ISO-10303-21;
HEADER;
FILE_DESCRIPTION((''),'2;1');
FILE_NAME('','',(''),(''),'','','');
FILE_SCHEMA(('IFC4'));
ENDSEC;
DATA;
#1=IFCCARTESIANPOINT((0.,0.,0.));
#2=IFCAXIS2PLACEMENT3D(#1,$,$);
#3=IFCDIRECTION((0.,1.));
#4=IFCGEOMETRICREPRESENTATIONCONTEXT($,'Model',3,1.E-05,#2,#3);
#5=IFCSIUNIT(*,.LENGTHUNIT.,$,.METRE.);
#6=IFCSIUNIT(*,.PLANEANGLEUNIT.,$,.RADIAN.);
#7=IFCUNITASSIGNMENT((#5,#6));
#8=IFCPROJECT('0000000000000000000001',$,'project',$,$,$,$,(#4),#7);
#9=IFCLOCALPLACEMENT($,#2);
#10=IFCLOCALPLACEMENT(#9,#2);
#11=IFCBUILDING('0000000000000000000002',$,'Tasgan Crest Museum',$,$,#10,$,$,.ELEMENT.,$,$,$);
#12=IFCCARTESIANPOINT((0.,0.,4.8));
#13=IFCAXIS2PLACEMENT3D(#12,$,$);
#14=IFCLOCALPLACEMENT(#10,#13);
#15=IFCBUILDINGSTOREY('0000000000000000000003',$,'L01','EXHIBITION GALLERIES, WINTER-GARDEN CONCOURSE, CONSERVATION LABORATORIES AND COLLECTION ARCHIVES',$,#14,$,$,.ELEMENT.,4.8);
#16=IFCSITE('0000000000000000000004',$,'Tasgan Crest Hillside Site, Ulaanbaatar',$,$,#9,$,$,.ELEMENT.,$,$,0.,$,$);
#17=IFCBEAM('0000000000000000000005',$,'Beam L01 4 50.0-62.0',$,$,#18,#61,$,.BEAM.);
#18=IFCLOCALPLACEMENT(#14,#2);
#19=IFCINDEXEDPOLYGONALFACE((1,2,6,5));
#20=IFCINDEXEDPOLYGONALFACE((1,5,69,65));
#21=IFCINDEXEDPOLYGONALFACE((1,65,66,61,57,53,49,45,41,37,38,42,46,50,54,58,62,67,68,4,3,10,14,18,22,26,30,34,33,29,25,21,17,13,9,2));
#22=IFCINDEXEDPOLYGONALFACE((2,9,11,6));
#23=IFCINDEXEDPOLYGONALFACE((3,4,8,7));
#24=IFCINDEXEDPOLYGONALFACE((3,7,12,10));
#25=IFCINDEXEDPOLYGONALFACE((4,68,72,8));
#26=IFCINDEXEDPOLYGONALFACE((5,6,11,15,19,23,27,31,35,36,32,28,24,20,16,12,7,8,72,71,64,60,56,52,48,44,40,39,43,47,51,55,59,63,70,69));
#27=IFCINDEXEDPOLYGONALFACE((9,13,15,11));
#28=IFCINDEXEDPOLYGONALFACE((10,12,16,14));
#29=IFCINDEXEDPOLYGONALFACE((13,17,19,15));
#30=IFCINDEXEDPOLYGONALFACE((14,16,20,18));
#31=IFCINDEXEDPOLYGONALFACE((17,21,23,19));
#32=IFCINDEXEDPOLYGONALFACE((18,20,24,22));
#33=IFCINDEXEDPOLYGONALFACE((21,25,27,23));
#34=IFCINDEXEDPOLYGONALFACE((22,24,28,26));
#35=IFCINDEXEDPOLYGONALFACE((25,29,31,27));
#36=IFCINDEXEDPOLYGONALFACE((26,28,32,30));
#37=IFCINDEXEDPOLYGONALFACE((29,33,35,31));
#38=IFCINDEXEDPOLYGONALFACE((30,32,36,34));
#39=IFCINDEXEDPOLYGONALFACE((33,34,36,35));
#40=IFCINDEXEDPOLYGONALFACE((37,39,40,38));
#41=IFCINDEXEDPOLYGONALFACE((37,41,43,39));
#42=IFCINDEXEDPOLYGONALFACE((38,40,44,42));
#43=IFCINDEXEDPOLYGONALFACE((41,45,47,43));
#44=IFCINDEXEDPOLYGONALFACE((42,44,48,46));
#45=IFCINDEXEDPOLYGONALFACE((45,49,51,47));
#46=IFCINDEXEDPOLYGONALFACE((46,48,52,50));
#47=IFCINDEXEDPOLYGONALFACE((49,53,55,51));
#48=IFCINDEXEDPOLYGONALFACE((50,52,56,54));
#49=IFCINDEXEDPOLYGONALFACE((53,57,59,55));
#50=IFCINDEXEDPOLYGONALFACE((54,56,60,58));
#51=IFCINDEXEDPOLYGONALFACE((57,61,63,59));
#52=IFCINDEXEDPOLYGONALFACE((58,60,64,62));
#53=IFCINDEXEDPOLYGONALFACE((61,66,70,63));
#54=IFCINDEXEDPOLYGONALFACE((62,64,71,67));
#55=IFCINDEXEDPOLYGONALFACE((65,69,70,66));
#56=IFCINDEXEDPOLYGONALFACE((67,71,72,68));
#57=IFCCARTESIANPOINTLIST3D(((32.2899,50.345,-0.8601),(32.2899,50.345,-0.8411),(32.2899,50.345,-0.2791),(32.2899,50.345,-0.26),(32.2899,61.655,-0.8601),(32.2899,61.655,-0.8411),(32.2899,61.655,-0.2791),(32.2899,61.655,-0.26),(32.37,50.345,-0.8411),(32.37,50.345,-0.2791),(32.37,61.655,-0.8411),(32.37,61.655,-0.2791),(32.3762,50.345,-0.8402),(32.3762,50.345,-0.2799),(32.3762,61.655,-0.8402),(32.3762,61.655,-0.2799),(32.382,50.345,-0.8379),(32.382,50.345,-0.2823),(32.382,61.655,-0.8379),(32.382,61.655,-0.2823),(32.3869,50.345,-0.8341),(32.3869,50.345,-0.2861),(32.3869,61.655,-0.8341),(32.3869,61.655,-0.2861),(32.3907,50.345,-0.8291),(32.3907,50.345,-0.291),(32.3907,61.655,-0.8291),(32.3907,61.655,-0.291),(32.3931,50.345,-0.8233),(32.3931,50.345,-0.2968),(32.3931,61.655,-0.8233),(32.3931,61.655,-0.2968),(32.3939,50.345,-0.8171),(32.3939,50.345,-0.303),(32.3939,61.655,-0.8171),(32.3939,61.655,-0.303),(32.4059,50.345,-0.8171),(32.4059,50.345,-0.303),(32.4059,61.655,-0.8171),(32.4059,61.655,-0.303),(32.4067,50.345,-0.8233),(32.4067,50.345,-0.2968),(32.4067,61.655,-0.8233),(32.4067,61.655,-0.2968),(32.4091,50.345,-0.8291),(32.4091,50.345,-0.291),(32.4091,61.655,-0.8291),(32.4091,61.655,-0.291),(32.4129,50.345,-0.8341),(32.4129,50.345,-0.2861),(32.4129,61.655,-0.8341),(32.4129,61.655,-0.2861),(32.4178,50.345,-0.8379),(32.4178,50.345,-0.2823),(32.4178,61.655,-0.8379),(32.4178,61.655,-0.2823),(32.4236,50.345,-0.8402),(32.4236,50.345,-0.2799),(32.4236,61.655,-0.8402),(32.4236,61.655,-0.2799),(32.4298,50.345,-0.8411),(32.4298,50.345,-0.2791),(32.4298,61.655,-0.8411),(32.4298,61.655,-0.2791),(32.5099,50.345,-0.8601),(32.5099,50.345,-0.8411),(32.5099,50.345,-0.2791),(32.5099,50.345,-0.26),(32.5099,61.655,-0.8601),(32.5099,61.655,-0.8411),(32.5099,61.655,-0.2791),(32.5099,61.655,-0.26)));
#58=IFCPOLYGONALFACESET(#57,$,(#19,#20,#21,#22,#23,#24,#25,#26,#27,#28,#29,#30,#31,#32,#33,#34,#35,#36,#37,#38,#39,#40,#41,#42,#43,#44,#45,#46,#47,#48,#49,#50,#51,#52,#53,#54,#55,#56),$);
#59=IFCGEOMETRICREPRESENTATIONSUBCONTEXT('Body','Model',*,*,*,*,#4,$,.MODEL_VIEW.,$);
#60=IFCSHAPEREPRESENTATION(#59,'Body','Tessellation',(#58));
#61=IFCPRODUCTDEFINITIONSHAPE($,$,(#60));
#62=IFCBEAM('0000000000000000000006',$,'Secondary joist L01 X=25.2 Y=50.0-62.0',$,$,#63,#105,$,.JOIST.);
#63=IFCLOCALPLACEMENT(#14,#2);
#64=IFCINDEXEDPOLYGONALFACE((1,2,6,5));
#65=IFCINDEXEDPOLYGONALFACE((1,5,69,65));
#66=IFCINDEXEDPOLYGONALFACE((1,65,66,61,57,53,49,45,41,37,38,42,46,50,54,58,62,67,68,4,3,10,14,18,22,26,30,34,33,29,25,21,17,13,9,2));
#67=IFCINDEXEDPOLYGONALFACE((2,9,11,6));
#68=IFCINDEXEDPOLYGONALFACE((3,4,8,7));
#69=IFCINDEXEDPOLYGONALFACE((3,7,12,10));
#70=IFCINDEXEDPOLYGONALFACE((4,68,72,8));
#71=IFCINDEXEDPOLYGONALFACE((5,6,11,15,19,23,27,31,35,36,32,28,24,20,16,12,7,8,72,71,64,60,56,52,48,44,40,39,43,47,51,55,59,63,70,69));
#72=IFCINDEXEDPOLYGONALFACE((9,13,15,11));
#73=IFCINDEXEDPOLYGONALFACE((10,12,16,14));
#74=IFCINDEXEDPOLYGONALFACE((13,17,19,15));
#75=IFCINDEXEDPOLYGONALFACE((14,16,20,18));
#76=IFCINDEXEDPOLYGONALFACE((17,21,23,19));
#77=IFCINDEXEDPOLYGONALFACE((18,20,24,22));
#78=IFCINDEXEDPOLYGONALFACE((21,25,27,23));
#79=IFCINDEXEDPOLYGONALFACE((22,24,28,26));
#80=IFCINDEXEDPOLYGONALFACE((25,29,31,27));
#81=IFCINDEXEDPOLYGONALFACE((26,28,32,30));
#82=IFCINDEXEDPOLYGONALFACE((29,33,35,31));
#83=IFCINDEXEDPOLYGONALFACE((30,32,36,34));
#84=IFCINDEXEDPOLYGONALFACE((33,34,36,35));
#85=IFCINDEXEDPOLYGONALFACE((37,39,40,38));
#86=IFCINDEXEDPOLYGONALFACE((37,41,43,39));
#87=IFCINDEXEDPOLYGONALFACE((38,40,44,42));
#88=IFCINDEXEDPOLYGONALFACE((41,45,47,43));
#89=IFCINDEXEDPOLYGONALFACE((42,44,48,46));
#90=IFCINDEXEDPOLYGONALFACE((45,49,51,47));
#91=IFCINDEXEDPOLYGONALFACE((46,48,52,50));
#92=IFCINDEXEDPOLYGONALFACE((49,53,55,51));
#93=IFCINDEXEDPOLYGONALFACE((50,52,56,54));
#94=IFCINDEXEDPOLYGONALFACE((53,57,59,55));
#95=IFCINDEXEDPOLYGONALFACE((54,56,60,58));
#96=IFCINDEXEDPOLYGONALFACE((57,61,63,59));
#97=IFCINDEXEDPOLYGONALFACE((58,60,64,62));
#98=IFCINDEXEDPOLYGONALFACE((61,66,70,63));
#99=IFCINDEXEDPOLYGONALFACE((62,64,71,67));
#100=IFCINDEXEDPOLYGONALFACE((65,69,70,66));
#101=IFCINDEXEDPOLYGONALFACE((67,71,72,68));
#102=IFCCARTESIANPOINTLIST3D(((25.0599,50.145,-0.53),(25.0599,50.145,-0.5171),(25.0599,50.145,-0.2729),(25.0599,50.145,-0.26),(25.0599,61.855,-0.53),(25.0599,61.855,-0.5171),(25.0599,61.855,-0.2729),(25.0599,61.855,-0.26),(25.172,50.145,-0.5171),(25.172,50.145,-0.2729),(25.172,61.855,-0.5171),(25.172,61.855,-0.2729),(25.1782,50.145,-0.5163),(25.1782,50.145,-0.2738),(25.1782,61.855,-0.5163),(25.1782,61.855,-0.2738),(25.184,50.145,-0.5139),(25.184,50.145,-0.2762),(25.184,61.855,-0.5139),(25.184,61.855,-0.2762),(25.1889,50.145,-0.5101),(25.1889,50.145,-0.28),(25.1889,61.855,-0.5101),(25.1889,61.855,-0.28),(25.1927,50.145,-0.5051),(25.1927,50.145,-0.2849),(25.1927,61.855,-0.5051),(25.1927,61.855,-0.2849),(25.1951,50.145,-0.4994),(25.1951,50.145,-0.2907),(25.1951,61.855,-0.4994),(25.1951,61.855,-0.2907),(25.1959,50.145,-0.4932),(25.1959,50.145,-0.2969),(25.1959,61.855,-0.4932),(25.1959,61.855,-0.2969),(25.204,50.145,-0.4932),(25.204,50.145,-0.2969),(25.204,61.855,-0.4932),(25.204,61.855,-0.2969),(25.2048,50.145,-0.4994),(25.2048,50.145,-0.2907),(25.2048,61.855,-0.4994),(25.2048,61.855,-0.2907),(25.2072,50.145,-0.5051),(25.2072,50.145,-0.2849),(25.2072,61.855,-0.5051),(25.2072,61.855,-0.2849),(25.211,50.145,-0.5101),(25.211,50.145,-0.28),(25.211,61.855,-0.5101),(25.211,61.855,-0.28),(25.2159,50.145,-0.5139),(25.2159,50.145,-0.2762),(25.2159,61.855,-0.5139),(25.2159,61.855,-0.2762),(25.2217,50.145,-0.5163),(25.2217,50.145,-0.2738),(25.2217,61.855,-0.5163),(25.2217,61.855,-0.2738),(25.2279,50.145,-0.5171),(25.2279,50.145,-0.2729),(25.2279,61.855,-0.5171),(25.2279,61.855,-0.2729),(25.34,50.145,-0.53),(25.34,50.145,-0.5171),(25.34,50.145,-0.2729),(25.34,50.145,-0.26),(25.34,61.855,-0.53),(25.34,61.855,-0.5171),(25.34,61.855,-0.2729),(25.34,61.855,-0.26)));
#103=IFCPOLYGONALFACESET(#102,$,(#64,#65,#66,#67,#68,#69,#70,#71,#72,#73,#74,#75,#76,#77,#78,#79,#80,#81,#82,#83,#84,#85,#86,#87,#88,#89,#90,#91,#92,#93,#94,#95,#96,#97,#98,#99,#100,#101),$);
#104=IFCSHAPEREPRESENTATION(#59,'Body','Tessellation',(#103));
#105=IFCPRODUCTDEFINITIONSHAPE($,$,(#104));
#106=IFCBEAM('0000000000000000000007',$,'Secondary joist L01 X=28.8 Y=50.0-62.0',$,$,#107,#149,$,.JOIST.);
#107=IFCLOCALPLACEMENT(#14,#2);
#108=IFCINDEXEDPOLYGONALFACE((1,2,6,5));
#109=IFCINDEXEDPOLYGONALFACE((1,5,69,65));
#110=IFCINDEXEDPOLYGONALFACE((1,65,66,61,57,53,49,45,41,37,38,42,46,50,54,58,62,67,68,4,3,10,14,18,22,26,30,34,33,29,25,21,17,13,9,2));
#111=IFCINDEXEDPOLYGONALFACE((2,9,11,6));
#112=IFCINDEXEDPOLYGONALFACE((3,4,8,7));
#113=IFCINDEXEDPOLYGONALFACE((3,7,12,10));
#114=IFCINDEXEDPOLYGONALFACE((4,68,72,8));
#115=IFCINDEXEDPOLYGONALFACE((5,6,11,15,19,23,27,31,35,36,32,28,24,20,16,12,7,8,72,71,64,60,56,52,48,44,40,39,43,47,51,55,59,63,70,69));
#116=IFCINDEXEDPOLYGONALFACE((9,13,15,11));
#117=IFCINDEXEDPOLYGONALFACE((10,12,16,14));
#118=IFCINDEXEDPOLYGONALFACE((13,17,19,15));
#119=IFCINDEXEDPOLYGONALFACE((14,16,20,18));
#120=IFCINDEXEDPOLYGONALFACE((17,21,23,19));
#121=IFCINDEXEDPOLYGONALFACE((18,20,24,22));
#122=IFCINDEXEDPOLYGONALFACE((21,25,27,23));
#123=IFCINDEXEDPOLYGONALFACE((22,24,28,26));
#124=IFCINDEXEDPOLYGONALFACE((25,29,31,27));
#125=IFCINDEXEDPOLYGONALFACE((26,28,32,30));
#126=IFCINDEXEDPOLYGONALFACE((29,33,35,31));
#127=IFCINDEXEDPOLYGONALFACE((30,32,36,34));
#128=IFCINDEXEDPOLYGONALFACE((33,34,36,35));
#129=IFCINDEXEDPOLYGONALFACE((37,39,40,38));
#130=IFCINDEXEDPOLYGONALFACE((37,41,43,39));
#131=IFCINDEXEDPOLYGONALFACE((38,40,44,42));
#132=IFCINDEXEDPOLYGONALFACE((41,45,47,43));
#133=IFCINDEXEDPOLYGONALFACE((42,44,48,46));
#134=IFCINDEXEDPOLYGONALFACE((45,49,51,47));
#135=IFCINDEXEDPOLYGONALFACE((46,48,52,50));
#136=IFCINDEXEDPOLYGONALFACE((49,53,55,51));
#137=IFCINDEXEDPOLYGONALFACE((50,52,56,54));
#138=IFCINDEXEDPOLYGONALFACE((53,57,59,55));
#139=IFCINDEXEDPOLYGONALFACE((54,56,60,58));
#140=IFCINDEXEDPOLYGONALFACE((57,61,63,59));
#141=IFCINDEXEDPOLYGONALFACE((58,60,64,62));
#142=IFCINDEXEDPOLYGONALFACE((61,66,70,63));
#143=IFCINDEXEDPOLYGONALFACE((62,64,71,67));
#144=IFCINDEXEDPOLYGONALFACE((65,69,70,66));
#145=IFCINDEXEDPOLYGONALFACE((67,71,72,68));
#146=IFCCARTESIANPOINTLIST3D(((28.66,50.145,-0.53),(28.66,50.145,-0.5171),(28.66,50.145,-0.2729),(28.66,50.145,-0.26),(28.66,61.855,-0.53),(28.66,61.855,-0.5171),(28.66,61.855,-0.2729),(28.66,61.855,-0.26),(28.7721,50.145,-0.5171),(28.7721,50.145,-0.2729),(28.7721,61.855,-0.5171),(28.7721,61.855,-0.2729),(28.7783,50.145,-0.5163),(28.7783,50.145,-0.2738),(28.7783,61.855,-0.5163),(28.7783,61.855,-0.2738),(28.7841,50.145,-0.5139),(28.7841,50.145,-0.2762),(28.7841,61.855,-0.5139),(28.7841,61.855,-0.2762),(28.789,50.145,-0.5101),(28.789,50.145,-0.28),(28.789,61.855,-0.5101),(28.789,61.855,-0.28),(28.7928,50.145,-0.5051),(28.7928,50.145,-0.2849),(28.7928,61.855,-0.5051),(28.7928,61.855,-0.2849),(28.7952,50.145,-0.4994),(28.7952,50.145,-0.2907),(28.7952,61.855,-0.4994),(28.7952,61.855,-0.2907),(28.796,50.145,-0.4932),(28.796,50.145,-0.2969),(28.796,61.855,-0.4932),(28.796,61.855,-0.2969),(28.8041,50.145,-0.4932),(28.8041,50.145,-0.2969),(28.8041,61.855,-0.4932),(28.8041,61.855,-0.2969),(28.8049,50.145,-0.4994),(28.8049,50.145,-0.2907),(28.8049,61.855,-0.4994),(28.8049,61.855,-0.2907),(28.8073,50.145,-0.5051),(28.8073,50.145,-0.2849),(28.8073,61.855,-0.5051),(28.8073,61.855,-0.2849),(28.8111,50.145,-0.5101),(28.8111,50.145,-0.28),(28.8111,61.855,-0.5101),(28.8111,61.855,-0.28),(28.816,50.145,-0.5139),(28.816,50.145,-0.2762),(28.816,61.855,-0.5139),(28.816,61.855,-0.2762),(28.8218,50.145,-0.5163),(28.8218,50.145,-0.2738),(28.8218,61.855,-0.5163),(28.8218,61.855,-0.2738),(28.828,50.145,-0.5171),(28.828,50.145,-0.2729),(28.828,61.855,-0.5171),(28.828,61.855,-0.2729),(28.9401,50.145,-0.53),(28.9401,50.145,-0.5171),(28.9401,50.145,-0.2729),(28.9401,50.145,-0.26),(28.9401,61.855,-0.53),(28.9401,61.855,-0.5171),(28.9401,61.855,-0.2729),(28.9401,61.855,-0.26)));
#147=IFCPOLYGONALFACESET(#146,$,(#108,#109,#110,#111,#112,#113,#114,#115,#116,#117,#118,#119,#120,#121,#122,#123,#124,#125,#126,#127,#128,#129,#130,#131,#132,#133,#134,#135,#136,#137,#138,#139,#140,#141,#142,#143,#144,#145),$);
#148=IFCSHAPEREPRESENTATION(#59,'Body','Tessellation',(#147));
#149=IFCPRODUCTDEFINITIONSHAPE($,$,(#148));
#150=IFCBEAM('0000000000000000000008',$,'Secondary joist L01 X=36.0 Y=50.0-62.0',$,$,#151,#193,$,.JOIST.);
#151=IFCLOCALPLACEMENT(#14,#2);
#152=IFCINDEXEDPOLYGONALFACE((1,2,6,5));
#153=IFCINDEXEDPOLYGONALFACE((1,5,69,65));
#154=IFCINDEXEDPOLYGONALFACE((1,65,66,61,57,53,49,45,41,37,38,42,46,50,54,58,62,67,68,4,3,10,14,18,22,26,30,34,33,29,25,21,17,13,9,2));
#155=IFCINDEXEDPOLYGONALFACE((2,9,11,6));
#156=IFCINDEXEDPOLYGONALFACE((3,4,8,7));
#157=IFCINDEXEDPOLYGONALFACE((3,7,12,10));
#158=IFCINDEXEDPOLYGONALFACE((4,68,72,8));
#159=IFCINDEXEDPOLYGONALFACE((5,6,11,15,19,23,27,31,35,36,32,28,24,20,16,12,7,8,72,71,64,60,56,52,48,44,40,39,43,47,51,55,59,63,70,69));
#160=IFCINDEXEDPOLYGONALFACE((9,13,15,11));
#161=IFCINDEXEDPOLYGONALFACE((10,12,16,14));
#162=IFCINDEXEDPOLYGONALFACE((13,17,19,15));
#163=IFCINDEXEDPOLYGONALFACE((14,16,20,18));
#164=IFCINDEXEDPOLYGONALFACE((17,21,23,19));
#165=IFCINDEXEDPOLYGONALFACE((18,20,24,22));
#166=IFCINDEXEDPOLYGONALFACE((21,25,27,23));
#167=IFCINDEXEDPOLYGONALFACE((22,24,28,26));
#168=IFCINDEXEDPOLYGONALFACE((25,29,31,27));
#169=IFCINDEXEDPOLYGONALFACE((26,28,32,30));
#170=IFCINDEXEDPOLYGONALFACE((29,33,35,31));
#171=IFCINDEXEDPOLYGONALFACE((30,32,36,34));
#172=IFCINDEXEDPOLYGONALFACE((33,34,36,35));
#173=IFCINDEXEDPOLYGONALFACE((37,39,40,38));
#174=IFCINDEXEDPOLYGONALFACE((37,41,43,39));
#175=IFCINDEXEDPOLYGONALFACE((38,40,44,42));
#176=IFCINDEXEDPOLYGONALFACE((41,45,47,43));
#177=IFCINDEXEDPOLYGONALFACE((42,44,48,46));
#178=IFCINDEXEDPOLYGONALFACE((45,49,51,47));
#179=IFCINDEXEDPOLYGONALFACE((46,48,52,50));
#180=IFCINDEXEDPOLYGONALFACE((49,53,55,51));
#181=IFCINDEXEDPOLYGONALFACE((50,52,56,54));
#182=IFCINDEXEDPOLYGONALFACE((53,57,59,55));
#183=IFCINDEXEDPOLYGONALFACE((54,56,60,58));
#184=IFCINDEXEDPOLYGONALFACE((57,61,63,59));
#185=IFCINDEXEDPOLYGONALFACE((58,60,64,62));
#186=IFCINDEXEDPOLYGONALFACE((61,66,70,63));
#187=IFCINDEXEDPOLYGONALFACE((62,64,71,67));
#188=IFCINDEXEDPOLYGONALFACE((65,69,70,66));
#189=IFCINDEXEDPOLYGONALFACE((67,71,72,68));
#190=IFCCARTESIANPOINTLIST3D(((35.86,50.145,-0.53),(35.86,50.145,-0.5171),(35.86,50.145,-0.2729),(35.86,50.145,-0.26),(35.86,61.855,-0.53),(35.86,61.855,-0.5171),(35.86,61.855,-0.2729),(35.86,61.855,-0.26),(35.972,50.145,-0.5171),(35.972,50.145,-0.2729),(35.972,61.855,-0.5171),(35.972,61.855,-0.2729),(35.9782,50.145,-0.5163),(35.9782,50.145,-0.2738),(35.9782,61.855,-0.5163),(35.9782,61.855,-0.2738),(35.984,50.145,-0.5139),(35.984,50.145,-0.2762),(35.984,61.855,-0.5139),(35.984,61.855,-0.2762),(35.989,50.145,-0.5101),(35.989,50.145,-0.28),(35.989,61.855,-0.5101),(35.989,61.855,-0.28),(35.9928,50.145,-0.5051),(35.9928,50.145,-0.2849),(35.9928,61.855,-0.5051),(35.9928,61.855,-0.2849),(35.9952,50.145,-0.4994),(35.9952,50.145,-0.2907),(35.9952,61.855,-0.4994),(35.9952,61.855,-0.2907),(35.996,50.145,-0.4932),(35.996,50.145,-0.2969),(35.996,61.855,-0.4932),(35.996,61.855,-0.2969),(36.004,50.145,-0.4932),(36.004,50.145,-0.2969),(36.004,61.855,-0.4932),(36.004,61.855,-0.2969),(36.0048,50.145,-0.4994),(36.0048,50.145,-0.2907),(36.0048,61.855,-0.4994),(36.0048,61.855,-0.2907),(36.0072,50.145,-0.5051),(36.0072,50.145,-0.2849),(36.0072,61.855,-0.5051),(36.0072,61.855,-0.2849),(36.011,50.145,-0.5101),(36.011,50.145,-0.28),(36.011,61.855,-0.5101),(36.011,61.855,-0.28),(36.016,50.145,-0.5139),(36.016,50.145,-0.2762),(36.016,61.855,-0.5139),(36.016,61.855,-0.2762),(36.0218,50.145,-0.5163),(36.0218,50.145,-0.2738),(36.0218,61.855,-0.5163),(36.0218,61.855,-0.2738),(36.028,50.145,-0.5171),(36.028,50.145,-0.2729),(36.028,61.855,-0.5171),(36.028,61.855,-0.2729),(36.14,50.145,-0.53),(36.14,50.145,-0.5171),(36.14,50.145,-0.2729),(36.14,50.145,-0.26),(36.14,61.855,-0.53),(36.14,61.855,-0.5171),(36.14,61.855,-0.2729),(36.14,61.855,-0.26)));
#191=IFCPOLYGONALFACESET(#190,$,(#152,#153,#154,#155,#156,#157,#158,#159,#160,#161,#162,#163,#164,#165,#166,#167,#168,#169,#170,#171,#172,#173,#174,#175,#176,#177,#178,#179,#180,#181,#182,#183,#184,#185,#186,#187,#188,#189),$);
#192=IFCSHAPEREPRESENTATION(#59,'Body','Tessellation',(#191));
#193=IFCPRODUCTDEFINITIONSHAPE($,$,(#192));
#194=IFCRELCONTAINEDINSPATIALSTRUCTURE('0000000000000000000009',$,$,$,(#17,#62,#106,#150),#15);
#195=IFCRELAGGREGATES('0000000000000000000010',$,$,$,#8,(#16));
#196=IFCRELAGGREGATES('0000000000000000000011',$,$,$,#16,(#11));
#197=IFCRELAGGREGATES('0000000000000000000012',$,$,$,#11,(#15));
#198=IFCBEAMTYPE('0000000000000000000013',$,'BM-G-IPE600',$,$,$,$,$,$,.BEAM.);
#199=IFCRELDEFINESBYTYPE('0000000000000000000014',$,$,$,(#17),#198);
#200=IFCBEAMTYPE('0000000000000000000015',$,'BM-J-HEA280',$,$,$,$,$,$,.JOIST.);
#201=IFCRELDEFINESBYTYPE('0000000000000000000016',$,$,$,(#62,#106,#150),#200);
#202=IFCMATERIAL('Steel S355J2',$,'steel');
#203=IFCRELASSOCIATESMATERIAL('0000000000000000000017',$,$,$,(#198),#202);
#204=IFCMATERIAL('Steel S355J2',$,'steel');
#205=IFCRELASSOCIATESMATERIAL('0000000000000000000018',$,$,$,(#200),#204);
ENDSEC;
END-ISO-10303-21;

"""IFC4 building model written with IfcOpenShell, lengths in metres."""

from ifc_helpers import new_model, si_unit, direction, frame, origin, origin_2d, place, context, subcontext, project, spatial, i_section, extrude, material, material_profile, profile_set, type_object, element, save


model = new_model("IFC4")

# Units and contexts
model_context = context("Model", 3, precision=1e-05, world=origin(), true_north=direction((0.0, 1.0)))
body_context = subcontext(model_context, "Body", "Model", "MODEL_VIEW")
ifc_project = project(units=[si_unit("LENGTHUNIT", "METRE"), si_unit("PLANEANGLEUNIT", "RADIAN")], contexts=[model_context])

# Site, building, storey
site_placement = place(None, origin())
site = spatial("IfcSite", under=ifc_project, at=site_placement, Name="Tasgan Crest Hillside Site, Ulaanbaatar", CompositionType="ELEMENT", RefElevation=0.0)
building_placement = place(site_placement, origin())
building = spatial("IfcBuilding", under=site, at=building_placement, Name="Tasgan Crest Museum", CompositionType="ELEMENT")
storey_placement = place(building_placement, frame((0.0, 0.0, 4.8)))
storey = spatial("IfcBuildingStorey", under=building, at=storey_placement, Name="L01", Description="EXHIBITION GALLERIES, WINTER-GARDEN CONCOURSE, CONSERVATION LABORATORIES AND COLLECTION ARCHIVES", CompositionType="ELEMENT", Elevation=4.8)

# Beams
ifc_material_1 = material(Name="Steel S355J2", Category="steel")
ifc_material_profile_1 = material_profile(ifc_material_1, i_section(OverallWidth=0.22, OverallDepth=0.6001, WebThickness=0.012, FlangeThickness=0.019, FilletRadius=0.0239, at=origin_2d()), Name="IPE 600")
ifc_profile_set_1 = profile_set([ifc_material_profile_1], Name="Steel S355J2")
beam_type_1 = type_object("IfcBeamType", Name="BM-G-IPE600", PredefinedType="BEAM", material=ifc_profile_set_1)
for number, where, z_axis, x_axis, name in (
    (1, (32.3999, 50.345, -0.5601), (0.0, 1.0, 0.0), (-1.0, 0.0, 0.0), "Beam L01 4 50.0-62.0"),
):
    element("IfcBeam", number, at=place(storey_placement, frame(where, z_axis=z_axis, x_axis=x_axis)), inside=storey, type_object=beam_type_1, Name=name, PredefinedType="BEAM", context=body_context, shape_type="SweptSolid", body=[
        extrude(i_section(OverallWidth=0.22, OverallDepth=0.6001, WebThickness=0.012, FlangeThickness=0.019, FilletRadius=0.0239, at=origin_2d()), origin(), (0.0, 0.0, 1.0), 11.3101),
    ])
ifc_material_2 = material(Name="Steel S355J2", Category="steel")
ifc_material_profile_2 = material_profile(ifc_material_2, i_section(OverallWidth=0.28, OverallDepth=0.27, WebThickness=0.0081, FlangeThickness=0.0129, FilletRadius=0.0239, at=origin_2d()), Name="HEA 280")
ifc_profile_set_2 = profile_set([ifc_material_profile_2], Name="Steel S355J2")
beam_type_2 = type_object("IfcBeamType", Name="BM-J-HEA280", PredefinedType="JOIST", material=ifc_profile_set_2)
for number, where, z_axis, x_axis, name in (
    (2, (25.2, 50.145, -0.395), (0.0, 1.0, 0.0), (-1.0, 0.0, 0.0), "Secondary joist L01 X=25.2 Y=50.0-62.0"),
    (3, (28.8, 50.145, -0.395), (0.0, 1.0, 0.0), (-1.0, 0.0, 0.0), "Secondary joist L01 X=28.8 Y=50.0-62.0"),
    (4, (36.0, 50.145, -0.395), (0.0, 1.0, 0.0), (-1.0, 0.0, 0.0), "Secondary joist L01 X=36.0 Y=50.0-62.0"),
):
    element("IfcBeam", number, at=place(storey_placement, frame(where, z_axis=z_axis, x_axis=x_axis)), inside=storey, type_object=beam_type_2, Name=name, PredefinedType="JOIST", context=body_context, shape_type="SweptSolid", body=[
        extrude(i_section(OverallWidth=0.28, OverallDepth=0.27, WebThickness=0.0081, FlangeThickness=0.0129, FilletRadius=0.0239, at=origin_2d()), origin(), (0.0, 0.0, 1.0), 11.71),
    ])

save(model, "model.ifc")
